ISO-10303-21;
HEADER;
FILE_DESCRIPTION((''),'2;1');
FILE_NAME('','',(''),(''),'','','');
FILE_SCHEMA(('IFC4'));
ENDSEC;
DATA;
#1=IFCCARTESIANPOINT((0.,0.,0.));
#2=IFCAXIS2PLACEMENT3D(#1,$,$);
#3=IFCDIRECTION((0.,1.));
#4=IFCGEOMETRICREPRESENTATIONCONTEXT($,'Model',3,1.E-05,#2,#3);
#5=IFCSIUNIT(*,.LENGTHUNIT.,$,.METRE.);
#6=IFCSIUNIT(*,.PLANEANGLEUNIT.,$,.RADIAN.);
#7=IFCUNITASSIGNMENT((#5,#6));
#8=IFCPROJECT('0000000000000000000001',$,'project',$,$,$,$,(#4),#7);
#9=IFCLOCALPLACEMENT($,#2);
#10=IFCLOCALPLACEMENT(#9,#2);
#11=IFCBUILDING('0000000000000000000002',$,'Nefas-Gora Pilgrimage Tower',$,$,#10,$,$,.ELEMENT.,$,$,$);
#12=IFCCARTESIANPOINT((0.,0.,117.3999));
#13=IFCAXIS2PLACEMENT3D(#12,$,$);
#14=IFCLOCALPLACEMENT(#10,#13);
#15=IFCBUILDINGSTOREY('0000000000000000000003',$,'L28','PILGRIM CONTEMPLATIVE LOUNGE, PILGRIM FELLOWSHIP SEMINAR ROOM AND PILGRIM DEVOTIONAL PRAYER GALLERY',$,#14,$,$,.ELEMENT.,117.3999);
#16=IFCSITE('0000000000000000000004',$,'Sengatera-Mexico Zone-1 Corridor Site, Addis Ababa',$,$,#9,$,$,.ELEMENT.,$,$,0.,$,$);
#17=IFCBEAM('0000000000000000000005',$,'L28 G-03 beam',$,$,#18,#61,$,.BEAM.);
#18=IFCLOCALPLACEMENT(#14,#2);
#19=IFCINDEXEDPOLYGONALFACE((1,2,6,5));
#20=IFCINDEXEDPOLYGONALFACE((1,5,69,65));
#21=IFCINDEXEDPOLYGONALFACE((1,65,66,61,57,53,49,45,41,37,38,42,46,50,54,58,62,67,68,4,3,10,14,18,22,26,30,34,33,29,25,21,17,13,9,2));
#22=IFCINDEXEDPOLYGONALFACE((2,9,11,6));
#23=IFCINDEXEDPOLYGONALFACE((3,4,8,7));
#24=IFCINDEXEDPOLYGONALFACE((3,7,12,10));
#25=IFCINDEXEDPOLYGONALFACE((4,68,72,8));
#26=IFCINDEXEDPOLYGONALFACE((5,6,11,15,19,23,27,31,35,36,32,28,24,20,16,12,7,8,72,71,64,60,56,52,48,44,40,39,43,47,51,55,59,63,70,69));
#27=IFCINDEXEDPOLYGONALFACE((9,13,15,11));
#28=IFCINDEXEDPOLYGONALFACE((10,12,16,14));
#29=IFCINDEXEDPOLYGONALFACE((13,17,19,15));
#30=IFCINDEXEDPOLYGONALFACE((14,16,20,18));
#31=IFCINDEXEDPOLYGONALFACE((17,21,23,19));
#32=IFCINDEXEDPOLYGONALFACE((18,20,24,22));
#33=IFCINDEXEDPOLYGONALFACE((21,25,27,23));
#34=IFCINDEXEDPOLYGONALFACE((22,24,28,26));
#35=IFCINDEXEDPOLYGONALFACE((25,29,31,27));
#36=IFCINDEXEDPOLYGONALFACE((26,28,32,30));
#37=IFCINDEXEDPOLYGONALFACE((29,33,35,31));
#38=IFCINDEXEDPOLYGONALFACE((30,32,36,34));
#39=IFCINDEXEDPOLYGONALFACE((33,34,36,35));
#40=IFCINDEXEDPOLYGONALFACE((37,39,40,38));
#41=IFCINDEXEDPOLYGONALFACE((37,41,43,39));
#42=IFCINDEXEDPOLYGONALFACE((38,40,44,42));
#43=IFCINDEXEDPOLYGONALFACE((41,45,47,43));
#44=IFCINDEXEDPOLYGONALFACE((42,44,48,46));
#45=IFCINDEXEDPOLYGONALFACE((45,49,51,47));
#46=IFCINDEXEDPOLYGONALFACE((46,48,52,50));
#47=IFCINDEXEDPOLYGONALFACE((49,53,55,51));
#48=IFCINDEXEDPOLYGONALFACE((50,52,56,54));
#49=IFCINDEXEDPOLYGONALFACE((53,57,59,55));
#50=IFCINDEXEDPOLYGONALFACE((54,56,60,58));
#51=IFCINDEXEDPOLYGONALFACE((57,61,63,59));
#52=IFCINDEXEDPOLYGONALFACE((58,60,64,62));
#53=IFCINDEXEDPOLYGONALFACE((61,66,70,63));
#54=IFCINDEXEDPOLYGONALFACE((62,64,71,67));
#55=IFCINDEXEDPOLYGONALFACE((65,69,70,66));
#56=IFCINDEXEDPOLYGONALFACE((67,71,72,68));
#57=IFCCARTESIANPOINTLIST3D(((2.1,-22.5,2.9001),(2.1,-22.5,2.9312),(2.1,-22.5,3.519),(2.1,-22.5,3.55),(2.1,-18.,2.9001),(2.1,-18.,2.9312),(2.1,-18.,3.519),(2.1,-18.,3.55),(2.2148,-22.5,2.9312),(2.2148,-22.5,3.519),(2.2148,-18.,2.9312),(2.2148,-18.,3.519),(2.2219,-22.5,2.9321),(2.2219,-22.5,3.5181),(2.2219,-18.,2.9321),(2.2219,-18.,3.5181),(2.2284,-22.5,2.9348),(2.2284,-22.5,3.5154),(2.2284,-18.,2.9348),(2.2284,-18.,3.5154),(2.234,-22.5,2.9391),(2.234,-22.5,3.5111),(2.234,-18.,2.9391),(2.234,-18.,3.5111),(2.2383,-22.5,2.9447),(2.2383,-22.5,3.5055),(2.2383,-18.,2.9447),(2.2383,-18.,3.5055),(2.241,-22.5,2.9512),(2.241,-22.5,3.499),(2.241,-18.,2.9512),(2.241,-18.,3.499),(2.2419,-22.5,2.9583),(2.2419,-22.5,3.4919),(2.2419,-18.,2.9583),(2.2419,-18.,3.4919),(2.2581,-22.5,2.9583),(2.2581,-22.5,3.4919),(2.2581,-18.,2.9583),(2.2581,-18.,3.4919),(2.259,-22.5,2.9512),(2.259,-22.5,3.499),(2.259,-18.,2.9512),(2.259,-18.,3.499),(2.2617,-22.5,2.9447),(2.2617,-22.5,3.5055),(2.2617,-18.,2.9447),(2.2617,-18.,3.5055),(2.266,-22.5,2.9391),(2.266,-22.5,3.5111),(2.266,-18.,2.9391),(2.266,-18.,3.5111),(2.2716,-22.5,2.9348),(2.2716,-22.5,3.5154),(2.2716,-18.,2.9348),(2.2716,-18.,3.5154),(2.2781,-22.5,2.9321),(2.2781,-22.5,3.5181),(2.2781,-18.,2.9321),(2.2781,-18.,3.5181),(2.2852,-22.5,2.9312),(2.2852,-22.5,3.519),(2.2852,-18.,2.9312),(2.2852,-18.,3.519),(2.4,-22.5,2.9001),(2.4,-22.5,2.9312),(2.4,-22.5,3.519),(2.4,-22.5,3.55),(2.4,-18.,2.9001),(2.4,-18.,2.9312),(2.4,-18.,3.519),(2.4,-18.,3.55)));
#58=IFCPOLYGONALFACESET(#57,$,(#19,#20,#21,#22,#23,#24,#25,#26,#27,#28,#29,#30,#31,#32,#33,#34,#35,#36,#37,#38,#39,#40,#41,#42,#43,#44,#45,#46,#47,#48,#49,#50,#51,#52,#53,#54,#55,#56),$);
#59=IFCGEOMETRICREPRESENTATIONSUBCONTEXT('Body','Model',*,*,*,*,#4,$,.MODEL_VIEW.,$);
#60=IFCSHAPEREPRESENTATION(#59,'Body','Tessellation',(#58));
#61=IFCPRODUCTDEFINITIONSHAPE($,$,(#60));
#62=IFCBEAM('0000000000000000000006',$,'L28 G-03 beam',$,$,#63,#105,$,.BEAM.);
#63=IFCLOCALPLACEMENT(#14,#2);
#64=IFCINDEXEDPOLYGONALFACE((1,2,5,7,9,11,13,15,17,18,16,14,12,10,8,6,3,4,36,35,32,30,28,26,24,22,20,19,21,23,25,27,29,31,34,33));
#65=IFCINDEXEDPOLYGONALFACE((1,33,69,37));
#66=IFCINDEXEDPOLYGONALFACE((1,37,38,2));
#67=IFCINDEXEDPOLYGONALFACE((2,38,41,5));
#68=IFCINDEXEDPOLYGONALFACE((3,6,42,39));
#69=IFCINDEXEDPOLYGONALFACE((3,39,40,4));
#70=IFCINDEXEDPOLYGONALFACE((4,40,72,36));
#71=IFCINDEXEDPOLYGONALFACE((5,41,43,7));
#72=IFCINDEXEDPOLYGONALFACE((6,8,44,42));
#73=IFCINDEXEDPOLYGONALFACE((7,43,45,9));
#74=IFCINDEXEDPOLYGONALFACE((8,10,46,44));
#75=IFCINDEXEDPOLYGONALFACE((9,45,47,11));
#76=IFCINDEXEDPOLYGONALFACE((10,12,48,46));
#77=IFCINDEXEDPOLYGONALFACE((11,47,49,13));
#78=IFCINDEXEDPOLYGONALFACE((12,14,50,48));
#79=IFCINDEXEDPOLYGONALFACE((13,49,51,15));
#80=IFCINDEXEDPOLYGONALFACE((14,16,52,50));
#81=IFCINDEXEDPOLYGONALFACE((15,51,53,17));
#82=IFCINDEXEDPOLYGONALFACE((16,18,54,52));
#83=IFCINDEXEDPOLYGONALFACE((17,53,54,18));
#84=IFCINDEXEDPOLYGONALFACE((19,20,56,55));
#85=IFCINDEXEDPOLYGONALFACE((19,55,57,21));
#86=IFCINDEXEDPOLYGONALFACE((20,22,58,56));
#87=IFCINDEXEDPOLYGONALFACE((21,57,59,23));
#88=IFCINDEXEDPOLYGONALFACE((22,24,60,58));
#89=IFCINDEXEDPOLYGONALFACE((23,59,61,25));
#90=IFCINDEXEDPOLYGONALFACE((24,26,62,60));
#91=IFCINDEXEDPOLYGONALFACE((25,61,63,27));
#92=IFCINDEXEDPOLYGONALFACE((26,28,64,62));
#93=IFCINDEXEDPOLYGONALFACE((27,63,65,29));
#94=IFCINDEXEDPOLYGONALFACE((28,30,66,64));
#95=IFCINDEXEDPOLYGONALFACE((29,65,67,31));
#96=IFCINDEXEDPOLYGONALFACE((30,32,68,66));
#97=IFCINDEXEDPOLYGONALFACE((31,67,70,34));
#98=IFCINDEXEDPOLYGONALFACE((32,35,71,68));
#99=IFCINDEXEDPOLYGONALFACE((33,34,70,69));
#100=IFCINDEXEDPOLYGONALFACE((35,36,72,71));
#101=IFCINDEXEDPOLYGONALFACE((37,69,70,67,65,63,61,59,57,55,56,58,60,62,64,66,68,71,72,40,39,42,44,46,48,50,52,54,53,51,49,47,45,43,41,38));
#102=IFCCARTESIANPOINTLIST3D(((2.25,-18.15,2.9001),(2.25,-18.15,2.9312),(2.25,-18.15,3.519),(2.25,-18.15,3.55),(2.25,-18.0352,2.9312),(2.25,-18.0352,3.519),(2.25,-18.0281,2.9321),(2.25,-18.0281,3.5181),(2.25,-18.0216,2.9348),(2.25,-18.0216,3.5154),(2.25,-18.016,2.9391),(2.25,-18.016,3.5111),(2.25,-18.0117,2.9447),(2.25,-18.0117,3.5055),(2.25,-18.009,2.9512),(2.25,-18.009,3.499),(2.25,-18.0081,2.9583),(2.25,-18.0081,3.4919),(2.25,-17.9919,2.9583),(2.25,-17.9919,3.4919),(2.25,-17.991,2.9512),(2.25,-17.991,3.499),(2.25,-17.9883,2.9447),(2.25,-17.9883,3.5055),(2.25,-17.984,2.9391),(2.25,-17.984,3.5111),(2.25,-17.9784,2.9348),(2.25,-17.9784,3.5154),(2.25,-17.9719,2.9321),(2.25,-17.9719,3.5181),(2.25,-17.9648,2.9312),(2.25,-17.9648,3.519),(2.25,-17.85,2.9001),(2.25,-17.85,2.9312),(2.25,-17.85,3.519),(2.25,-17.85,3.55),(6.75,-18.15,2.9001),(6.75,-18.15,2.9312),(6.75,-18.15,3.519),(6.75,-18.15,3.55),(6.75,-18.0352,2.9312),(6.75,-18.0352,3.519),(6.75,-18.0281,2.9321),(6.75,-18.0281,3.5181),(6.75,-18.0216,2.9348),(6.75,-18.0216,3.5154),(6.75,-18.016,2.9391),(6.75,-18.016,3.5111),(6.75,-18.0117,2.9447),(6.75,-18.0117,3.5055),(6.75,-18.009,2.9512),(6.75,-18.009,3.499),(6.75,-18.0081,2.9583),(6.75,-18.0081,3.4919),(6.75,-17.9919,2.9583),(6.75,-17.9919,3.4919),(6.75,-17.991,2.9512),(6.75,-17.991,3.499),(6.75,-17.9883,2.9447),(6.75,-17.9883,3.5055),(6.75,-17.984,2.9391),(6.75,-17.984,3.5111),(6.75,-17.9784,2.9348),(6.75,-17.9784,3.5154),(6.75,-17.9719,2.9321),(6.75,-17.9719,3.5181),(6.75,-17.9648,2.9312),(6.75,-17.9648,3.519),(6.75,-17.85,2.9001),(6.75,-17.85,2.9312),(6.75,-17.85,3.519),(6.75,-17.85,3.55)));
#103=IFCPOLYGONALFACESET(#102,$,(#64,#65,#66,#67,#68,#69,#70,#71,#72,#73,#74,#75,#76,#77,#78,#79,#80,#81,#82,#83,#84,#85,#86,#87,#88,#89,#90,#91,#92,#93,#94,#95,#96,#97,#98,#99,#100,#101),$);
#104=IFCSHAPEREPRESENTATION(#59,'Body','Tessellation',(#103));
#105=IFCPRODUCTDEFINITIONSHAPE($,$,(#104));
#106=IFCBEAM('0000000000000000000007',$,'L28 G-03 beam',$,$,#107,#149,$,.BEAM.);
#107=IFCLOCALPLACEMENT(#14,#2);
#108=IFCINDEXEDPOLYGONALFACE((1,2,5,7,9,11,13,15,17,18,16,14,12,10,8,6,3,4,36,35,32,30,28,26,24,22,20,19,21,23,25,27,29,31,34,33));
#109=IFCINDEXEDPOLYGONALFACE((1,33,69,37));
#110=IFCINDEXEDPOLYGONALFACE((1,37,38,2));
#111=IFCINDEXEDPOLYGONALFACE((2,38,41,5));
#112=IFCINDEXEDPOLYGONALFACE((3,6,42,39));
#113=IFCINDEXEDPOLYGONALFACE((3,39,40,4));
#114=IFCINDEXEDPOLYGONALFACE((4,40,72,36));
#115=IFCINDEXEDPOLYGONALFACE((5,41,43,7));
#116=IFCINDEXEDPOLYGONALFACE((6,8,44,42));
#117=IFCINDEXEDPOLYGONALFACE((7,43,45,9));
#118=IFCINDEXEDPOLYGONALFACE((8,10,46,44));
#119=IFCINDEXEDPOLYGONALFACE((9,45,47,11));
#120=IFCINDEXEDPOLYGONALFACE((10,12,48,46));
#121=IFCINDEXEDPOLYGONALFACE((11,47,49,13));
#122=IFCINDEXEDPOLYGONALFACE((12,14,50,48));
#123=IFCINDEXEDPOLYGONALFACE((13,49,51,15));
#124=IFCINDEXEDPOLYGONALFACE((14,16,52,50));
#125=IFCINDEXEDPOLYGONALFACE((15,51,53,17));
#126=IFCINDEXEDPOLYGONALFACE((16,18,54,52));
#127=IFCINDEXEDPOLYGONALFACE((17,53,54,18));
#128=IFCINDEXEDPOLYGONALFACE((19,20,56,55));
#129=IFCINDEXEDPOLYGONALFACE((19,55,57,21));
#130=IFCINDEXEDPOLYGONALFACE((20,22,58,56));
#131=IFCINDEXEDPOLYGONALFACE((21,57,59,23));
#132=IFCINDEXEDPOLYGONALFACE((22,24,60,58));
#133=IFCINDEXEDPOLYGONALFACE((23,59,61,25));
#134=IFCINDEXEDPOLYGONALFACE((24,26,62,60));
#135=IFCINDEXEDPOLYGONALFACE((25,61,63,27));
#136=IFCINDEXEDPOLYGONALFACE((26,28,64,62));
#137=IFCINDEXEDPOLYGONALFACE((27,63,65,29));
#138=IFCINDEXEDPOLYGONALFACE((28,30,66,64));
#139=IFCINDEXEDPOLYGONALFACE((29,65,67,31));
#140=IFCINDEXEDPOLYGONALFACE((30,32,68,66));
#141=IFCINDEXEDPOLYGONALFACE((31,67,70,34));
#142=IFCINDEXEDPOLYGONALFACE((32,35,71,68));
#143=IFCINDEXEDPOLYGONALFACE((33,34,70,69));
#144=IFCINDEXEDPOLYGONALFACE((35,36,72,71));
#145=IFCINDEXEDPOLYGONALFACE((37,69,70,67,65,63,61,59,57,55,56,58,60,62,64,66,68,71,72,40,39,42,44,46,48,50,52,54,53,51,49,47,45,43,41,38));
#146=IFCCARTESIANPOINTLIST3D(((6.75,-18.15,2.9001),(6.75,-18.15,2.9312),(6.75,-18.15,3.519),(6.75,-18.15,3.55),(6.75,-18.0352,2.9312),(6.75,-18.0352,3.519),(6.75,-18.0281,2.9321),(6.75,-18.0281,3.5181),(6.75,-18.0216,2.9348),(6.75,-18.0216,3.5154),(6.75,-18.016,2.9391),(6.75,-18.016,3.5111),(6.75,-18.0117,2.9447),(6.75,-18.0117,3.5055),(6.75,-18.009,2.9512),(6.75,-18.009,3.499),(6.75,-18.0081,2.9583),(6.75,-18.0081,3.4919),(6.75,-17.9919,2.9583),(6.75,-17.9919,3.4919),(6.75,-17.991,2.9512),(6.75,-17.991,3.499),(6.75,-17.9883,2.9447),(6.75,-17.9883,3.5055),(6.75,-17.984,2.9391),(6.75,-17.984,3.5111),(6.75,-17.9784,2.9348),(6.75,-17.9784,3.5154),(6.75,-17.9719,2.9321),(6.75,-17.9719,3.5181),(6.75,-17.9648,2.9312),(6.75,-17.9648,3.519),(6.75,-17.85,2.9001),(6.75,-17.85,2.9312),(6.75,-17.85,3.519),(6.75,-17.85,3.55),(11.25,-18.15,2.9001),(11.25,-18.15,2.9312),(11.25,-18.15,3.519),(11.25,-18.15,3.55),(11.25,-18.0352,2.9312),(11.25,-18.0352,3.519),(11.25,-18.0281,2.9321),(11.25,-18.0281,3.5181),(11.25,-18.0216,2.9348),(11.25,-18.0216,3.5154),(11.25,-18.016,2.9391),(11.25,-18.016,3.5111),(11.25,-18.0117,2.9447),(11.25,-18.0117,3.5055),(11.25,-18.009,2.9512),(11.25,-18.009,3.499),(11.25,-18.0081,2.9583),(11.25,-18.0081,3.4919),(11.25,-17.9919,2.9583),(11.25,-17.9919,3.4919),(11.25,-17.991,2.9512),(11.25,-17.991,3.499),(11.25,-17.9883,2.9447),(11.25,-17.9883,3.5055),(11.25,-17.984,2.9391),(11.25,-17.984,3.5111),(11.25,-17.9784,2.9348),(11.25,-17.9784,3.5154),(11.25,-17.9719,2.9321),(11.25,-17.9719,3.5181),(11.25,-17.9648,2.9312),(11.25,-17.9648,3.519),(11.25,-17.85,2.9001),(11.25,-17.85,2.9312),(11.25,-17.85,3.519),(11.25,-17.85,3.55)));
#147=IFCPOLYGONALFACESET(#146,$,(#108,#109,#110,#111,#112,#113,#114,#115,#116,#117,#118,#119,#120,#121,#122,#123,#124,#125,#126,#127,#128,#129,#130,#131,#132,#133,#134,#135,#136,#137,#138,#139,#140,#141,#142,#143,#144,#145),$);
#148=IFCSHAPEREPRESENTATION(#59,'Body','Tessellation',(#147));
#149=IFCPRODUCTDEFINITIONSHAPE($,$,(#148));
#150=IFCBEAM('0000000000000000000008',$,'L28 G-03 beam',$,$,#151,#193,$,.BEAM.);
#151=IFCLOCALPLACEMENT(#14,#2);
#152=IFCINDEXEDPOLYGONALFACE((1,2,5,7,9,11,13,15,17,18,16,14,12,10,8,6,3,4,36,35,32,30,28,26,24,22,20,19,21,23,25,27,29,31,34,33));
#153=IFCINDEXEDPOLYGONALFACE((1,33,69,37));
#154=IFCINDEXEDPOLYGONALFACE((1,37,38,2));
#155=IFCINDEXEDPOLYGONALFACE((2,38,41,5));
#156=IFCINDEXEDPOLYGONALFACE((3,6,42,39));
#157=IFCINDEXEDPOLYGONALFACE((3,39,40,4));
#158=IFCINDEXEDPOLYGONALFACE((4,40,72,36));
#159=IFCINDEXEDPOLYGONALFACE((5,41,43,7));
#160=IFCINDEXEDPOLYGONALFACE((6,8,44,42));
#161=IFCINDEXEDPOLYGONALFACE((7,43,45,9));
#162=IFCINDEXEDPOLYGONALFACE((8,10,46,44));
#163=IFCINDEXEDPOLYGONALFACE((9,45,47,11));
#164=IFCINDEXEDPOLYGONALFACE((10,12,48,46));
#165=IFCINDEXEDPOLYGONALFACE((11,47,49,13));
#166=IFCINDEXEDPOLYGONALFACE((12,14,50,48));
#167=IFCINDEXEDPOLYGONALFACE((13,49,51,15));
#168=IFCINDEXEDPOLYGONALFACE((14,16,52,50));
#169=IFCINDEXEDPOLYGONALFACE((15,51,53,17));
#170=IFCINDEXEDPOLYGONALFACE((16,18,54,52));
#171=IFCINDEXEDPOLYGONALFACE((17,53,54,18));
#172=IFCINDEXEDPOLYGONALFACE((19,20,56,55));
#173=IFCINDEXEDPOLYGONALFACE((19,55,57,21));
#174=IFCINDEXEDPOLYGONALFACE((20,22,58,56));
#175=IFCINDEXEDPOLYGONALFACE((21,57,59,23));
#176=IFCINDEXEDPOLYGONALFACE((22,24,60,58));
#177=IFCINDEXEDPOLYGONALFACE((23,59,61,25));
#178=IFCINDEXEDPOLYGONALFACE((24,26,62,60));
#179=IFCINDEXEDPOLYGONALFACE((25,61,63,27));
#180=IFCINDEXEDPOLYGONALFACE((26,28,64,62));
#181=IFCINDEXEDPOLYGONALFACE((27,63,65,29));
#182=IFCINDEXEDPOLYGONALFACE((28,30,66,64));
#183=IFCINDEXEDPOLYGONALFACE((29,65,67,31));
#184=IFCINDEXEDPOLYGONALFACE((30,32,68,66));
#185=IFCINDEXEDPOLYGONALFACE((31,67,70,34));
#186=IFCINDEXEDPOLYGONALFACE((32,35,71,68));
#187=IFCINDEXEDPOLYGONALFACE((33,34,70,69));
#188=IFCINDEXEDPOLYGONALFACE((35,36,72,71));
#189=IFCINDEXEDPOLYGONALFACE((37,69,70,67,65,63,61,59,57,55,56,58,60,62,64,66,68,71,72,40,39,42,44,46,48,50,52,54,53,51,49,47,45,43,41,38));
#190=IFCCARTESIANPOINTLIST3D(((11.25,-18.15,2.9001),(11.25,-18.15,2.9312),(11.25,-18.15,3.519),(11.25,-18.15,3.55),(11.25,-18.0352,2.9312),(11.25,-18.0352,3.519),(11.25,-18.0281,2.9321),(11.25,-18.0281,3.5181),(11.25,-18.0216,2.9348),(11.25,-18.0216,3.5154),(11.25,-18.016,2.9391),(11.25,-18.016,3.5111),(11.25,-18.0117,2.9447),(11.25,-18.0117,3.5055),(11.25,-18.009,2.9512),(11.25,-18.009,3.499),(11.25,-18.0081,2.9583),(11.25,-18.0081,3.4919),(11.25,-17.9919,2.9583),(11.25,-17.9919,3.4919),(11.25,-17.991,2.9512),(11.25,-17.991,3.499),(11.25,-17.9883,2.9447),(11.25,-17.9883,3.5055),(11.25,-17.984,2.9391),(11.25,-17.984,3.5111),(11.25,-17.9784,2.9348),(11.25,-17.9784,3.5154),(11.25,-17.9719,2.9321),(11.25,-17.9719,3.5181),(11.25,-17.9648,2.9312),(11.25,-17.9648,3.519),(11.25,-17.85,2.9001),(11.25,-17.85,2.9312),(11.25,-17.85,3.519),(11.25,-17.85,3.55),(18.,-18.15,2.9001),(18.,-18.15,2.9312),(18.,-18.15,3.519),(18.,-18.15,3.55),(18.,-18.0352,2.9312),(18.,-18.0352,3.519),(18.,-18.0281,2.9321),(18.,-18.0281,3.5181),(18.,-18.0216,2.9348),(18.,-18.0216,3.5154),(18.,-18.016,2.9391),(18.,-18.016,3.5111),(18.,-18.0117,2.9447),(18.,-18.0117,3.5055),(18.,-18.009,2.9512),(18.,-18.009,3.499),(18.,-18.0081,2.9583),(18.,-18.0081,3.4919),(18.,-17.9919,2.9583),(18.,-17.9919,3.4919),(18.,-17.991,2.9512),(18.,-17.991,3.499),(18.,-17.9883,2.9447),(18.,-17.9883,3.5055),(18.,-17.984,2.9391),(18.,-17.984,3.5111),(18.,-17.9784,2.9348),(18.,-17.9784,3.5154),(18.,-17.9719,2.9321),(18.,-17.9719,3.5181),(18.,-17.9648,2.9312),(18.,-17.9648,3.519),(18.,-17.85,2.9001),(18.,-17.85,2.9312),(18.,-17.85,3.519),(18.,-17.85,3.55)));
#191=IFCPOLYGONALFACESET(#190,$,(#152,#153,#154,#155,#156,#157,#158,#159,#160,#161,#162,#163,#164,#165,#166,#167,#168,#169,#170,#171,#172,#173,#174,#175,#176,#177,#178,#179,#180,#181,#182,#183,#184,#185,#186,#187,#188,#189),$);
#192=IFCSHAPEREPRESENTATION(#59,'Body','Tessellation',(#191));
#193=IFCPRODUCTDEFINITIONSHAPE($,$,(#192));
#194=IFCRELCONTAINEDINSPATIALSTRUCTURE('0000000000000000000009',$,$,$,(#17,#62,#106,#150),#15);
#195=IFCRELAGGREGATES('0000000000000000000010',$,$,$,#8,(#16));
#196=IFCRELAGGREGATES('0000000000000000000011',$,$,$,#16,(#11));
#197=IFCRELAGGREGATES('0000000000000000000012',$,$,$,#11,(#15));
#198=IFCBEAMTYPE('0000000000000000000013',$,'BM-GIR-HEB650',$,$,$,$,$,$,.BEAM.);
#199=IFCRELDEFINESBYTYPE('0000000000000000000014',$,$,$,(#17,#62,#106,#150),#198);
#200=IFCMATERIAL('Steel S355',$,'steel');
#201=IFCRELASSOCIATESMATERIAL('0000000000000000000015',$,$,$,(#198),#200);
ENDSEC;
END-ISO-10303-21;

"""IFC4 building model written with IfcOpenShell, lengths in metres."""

from ifc_helpers import new_model, si_unit, direction, frame, origin, origin_2d, place, context, subcontext, project, spatial, i_section, extrude, source, transform, mapped, material, material_profile, profile_set, type_object, element, save


model = new_model("IFC4")

# Units and contexts
model_context = context("Model", 3, precision=1e-05, world=origin(), true_north=direction((0.0, 1.0)))
body_context = subcontext(model_context, "Body", "Model", "MODEL_VIEW")
ifc_project = project(units=[si_unit("LENGTHUNIT", "METRE"), si_unit("PLANEANGLEUNIT", "RADIAN")], contexts=[model_context])

# Site, building, storey
site_placement = place(None, origin())
site = spatial("IfcSite", under=ifc_project, at=site_placement, Name="Sengatera-Mexico Zone-1 Corridor Site, Addis Ababa", CompositionType="ELEMENT", RefElevation=0.0)
building_placement = place(site_placement, origin())
building = spatial("IfcBuilding", under=site, at=building_placement, Name="Nefas-Gora Pilgrimage Tower", CompositionType="ELEMENT")
storey_placement = place(building_placement, frame((0.0, 0.0, 117.3999)))
storey = spatial("IfcBuildingStorey", under=building, at=storey_placement, Name="L28", Description="PILGRIM CONTEMPLATIVE LOUNGE, PILGRIM FELLOWSHIP SEMINAR ROOM AND PILGRIM DEVOTIONAL PRAYER GALLERY", CompositionType="ELEMENT", Elevation=117.3999)

# Beams
ifc_material_1 = material(Name="Steel S355", Category="steel")
ifc_material_profile_1 = material_profile(ifc_material_1, i_section(OverallWidth=0.3, OverallDepth=0.6499, WebThickness=0.0161, FlangeThickness=0.031, FilletRadius=0.0271, at=origin_2d()), Name="HEB 650")
ifc_profile_set_1 = profile_set([ifc_material_profile_1], Name="Steel S355")
beam_type_1 = type_object("IfcBeamType", Name="BM-GIR-HEB650", PredefinedType="BEAM", material=ifc_profile_set_1)
shared_shape_1 = source(origin(), body_context, "Body", "SweptSolid", [
    extrude(i_section(OverallWidth=0.3, OverallDepth=0.6499, WebThickness=0.0161, FlangeThickness=0.031, FilletRadius=0.0271, at=origin_2d()), origin(), (0.0, 0.0, 1.0), 4.5),
])
for number, where, z_axis, x_axis, name in (
    (1, (2.25, -22.5, 3.2251), (0.0, 1.0, 0.0), (-1.0, 0.0, 0.0), "L28 G-03 beam"),
    (2, (2.25, -18.0, 3.2251), (1.0, 0.0, 0.0), (0.0, 1.0, 0.0), "L28 G-03 beam"),
    (3, (6.75, -18.0, 3.2251), (1.0, 0.0, 0.0), (0.0, 1.0, 0.0), "L28 G-03 beam"),
):
    element("IfcBeam", number, at=place(storey_placement, frame(where, z_axis=z_axis, x_axis=x_axis)), inside=storey, type_object=beam_type_1, Name=name, PredefinedType="BEAM", context=body_context, shape_type="MappedRepresentation", body=[
        mapped(shared_shape_1, transform((0.0, 0.0, 0.0), x_axis=(1.0, 0.0, 0.0), y_axis=(0.0, 1.0, 0.0), z_axis=(0.0, 0.0, 1.0), scale=1.0)),
    ])
shared_shape_2 = source(origin(), body_context, "Body", "SweptSolid", [
    extrude(i_section(OverallWidth=0.3, OverallDepth=0.6499, WebThickness=0.0161, FlangeThickness=0.031, FilletRadius=0.0271, at=origin_2d()), origin(), (0.0, 0.0, 1.0), 6.75),
])
beam_1_placement = place(storey_placement, frame((11.25, -18.0, 3.2251), z_axis=(1.0, 0.0, 0.0), x_axis=(0.0, 1.0, 0.0)))
element("IfcBeam", 4, at=beam_1_placement, inside=storey, type_object=beam_type_1, Name="L28 G-03 beam", PredefinedType="BEAM", context=body_context, shape_type="MappedRepresentation", body=[
    mapped(shared_shape_2, transform((0.0, 0.0, 0.0), x_axis=(1.0, 0.0, 0.0), y_axis=(0.0, 1.0, 0.0), z_axis=(0.0, 0.0, 1.0), scale=1.0)),
])

save(model, "model.ifc")
